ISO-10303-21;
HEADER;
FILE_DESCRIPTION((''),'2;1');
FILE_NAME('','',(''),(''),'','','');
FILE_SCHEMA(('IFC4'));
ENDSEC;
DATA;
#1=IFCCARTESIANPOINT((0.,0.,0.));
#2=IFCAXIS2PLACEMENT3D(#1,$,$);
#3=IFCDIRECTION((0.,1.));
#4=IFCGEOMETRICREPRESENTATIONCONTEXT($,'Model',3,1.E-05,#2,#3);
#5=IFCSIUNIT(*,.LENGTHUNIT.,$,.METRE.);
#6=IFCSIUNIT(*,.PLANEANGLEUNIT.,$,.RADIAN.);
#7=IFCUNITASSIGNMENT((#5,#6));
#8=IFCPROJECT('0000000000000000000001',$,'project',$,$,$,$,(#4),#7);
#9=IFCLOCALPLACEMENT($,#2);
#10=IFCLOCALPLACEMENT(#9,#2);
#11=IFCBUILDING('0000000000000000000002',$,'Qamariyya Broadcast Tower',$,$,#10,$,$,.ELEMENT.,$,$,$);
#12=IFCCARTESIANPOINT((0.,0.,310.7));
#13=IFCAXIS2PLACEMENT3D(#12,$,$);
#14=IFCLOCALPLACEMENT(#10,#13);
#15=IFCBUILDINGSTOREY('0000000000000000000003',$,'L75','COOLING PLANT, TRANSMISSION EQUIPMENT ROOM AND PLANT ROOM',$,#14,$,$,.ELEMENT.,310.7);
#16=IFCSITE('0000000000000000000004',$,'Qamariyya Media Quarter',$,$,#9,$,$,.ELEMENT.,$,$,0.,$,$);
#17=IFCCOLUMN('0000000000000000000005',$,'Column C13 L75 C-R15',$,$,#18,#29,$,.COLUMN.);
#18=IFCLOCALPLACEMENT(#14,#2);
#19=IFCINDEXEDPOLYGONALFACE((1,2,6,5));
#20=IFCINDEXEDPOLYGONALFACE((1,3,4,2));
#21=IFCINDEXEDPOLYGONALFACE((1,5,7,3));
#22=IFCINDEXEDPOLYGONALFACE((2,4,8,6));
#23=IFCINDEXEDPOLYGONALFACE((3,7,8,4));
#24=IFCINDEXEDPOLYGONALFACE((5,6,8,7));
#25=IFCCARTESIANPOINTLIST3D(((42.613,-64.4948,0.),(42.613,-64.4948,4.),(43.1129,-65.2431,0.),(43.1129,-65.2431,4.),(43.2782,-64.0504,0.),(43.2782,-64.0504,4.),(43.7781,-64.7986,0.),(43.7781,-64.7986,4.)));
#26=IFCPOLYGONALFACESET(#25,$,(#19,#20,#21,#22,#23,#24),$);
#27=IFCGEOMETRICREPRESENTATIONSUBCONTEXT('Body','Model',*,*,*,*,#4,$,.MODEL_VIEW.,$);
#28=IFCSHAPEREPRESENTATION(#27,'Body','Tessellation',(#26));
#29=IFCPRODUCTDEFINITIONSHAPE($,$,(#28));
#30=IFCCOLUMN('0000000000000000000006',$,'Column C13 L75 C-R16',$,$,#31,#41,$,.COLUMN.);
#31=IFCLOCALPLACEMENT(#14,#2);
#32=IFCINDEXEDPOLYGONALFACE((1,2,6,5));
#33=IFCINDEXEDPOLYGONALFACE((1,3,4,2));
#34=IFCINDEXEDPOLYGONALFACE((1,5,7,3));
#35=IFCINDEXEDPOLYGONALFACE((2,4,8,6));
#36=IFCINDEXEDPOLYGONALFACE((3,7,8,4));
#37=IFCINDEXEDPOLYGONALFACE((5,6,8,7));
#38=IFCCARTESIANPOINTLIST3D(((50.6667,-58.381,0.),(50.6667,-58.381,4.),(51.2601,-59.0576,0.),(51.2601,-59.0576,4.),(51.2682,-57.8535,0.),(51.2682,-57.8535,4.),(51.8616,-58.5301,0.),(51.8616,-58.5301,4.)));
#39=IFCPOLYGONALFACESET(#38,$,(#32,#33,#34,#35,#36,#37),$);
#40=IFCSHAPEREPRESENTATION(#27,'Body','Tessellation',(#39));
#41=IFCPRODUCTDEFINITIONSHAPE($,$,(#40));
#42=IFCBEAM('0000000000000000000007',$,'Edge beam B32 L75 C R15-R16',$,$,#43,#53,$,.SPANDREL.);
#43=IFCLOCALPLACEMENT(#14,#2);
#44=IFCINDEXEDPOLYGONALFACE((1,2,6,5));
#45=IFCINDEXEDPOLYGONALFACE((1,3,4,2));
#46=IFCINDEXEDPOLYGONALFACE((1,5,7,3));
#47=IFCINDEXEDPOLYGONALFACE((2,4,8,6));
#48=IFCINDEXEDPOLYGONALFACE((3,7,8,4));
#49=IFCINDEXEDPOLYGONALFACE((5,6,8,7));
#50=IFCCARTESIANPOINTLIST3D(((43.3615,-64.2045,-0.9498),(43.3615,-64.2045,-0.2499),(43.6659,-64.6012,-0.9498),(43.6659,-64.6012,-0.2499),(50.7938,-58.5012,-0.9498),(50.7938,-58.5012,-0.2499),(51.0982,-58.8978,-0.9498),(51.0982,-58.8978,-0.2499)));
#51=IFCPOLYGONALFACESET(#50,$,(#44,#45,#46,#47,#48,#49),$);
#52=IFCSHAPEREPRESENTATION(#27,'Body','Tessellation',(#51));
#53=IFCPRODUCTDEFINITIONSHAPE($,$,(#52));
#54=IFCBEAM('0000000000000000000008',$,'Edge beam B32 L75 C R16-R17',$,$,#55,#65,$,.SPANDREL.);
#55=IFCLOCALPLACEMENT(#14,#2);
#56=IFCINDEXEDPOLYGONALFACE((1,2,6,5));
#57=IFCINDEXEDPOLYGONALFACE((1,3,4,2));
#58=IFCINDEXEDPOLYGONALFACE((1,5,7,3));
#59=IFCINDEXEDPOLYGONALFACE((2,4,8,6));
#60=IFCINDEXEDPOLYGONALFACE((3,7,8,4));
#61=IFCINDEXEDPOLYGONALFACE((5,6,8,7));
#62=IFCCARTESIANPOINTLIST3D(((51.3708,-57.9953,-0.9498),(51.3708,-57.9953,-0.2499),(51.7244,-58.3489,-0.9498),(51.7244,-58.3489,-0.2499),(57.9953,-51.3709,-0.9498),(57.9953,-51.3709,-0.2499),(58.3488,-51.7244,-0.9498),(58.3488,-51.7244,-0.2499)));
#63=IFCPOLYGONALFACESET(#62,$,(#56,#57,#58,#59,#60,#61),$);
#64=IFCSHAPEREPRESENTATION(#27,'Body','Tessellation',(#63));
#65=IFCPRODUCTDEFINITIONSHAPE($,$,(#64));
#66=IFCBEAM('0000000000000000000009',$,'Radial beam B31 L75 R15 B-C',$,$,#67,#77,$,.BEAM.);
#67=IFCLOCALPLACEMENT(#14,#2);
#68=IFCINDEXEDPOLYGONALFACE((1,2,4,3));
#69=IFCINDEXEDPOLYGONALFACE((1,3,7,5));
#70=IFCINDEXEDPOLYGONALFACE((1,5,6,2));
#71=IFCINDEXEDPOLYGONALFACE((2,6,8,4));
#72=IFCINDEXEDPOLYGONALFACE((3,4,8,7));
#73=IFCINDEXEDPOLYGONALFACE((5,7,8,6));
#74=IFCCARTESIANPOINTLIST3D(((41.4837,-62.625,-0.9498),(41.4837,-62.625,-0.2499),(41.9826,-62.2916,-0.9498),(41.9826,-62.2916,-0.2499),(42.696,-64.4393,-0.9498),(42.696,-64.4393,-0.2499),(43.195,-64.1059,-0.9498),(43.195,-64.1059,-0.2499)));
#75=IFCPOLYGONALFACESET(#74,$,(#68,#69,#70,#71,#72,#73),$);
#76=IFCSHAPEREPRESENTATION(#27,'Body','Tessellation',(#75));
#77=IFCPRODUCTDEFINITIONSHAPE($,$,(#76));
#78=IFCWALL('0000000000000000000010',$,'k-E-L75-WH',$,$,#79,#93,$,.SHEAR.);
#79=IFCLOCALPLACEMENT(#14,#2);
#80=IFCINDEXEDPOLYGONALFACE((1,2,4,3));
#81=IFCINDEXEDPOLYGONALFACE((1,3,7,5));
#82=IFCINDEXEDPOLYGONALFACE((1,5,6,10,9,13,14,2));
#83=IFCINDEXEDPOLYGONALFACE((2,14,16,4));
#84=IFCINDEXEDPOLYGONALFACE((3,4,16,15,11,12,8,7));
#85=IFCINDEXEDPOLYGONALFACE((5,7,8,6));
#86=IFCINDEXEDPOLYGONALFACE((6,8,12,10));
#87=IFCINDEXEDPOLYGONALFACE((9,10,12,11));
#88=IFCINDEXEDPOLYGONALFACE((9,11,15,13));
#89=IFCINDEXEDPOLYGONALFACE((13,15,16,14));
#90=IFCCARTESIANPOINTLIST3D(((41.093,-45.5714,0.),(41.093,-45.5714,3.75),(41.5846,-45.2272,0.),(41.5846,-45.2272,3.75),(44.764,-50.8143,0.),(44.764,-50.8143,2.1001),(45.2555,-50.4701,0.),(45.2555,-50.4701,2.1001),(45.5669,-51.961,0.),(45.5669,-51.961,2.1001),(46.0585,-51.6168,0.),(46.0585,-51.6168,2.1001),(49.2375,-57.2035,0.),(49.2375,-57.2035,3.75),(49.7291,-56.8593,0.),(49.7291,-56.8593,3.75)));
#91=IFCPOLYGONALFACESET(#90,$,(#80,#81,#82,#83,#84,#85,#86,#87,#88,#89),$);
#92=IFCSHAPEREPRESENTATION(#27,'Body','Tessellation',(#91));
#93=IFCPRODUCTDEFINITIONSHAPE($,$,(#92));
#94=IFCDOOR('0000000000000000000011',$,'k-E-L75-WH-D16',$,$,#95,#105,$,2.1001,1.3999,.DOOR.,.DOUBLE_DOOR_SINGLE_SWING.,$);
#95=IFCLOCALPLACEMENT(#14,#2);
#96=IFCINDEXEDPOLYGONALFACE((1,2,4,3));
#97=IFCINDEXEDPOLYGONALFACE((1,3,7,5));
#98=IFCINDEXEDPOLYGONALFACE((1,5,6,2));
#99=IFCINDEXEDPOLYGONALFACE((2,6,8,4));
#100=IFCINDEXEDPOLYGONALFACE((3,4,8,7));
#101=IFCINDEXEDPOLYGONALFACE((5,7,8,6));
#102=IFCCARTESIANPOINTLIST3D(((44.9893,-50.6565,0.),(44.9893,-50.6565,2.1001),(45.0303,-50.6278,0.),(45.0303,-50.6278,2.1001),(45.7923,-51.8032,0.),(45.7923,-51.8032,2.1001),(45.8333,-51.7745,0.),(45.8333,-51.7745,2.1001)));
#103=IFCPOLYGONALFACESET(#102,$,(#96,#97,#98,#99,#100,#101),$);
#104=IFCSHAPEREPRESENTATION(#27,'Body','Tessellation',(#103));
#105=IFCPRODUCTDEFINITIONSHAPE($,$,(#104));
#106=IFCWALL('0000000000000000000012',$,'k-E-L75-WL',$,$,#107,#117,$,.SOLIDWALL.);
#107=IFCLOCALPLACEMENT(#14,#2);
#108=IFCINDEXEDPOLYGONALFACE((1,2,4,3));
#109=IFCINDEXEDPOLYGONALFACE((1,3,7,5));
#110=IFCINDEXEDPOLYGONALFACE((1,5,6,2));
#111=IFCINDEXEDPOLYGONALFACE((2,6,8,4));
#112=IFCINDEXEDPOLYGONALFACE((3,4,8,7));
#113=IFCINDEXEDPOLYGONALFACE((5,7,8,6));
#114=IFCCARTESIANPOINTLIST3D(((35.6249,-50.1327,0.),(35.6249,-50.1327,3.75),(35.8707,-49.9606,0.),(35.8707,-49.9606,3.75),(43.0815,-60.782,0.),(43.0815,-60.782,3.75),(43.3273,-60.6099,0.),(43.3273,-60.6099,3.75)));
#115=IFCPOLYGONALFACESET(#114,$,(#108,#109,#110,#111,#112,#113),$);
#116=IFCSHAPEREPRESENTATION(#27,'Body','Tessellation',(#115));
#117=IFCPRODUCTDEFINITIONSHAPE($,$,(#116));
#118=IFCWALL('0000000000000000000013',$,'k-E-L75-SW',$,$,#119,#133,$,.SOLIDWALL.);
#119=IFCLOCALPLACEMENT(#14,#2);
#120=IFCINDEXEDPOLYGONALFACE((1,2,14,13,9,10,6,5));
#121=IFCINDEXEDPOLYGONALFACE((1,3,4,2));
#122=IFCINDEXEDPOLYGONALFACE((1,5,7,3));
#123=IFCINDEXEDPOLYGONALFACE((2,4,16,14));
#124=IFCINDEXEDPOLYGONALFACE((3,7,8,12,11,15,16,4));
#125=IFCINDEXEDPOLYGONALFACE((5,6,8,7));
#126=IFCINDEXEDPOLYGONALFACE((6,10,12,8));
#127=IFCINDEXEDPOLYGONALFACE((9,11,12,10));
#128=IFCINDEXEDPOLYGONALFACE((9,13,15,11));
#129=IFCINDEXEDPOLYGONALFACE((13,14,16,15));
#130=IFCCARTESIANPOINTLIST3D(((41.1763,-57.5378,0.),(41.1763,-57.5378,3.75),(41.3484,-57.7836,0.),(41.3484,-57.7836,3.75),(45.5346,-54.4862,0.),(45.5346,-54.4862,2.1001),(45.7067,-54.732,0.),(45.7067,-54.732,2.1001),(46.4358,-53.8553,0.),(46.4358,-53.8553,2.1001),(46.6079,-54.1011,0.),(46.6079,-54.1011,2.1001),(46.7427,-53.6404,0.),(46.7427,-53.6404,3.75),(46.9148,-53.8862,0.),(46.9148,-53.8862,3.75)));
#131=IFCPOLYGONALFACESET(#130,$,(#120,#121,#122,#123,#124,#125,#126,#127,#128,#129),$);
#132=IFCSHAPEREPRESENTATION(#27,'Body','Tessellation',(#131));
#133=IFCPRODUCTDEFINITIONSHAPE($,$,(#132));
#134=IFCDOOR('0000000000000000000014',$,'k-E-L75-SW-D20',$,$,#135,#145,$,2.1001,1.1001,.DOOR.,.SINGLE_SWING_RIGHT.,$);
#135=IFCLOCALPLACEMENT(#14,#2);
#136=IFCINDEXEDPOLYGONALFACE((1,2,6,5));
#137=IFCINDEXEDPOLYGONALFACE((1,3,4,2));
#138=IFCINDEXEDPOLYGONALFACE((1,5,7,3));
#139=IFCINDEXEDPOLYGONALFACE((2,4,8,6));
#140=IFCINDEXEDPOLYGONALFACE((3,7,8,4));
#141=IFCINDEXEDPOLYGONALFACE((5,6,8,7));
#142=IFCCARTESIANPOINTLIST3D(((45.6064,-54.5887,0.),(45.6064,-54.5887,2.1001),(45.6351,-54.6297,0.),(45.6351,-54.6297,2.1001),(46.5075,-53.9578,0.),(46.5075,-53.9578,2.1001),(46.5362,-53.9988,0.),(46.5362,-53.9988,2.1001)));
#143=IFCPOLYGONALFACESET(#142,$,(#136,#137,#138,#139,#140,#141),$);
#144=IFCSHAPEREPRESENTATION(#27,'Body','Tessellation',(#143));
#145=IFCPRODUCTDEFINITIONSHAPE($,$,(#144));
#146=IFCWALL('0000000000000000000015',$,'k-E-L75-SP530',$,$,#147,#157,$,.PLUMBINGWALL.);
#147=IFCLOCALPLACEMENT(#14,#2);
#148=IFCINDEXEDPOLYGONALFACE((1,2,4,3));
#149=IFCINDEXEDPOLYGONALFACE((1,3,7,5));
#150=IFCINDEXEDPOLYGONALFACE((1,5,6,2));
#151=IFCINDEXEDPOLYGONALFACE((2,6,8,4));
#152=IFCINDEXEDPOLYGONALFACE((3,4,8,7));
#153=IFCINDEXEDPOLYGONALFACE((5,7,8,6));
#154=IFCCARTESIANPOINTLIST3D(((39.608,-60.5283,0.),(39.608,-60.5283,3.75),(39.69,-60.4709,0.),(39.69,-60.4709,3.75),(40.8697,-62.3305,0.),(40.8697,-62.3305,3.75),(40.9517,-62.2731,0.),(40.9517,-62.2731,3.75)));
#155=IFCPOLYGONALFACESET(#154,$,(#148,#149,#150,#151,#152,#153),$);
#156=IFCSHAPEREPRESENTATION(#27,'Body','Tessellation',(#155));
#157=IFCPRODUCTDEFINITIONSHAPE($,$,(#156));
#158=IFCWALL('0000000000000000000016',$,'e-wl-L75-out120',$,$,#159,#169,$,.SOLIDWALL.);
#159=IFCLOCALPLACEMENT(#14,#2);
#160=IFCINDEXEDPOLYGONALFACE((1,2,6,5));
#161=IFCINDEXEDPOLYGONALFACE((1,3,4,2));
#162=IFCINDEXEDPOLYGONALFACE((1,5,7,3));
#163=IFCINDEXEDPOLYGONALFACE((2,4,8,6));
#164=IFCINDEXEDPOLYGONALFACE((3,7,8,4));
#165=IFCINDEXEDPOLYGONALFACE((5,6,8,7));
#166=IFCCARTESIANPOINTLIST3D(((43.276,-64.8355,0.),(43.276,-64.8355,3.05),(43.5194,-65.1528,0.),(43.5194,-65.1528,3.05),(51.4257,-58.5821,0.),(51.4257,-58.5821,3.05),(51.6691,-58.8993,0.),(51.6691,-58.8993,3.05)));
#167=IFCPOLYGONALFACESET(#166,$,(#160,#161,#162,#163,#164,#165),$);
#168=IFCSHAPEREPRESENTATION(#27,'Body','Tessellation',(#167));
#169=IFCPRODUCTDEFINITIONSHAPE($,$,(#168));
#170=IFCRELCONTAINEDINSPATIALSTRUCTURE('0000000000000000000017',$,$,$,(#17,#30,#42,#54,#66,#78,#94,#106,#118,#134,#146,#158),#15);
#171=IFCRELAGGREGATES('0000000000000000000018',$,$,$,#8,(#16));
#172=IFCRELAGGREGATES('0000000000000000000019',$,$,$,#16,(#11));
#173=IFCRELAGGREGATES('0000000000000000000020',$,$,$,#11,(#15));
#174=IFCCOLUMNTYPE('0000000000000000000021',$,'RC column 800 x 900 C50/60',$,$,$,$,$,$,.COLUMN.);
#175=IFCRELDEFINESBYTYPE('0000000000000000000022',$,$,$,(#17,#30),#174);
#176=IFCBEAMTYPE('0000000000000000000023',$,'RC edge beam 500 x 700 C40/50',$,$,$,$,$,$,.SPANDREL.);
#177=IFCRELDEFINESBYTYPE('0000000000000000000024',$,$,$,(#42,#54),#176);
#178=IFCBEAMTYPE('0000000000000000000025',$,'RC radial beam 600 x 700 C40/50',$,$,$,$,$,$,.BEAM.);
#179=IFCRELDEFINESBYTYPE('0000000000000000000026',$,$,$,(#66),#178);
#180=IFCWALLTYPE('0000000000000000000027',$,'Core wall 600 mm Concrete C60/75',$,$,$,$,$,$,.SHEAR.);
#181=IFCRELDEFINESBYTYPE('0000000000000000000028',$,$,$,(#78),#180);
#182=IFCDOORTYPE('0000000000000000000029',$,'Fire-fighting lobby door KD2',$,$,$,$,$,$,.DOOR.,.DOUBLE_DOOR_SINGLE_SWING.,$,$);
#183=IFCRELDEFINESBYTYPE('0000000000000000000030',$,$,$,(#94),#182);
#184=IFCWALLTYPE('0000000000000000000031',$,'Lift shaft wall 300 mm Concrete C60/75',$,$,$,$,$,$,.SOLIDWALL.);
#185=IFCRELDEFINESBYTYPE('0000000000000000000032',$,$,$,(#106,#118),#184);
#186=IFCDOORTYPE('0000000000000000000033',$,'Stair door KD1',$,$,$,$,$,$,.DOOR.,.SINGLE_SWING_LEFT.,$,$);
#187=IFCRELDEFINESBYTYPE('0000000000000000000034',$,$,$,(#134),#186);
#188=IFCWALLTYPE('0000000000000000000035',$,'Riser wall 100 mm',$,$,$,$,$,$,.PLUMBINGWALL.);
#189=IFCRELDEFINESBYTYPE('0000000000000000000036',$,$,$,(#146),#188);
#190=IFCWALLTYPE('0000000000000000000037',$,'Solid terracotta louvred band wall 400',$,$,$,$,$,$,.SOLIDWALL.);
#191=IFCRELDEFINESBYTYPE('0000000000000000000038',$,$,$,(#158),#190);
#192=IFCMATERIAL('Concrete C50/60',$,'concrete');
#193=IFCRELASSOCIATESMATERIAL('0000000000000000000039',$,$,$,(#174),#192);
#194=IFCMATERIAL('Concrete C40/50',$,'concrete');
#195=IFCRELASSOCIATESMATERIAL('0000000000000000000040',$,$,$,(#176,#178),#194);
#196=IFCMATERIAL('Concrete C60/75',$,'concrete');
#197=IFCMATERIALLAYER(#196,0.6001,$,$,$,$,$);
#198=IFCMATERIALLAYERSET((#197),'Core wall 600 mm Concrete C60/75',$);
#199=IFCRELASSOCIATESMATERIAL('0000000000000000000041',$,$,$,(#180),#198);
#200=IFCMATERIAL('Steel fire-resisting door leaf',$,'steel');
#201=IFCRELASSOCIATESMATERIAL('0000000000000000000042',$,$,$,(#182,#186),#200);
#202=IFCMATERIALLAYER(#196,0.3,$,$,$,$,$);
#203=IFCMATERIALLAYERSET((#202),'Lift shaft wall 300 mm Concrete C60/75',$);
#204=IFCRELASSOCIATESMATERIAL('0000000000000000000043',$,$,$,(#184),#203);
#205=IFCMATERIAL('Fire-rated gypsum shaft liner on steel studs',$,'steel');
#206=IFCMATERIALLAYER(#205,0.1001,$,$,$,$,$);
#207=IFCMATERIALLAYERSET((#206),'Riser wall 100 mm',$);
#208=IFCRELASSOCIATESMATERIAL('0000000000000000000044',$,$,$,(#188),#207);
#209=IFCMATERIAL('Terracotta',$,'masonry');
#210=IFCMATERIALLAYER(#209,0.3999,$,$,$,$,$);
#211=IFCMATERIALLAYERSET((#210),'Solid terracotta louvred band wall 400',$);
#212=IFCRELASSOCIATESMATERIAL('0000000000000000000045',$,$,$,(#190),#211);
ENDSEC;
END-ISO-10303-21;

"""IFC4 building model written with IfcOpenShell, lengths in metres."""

from ifc_helpers import new_model, si_unit, direction, frame, frame_2d, origin, origin_2d, place, context, subcontext, project, spatial, rectangle, extrude, material, layer, layer_set, material_profile, profile_set, type_object, element, fill, save


model = new_model("IFC4")

# Units and contexts
model_context = context("Model", 3, precision=1e-05, world=origin(), true_north=direction((0.0, 1.0)))
body_context = subcontext(model_context, "Body", "Model", "MODEL_VIEW")
ifc_project = project(units=[si_unit("LENGTHUNIT", "METRE"), si_unit("PLANEANGLEUNIT", "RADIAN")], contexts=[model_context])

# Site, building, storey
site_placement = place(None, origin())
site = spatial("IfcSite", under=ifc_project, at=site_placement, Name="Qamariyya Media Quarter", CompositionType="ELEMENT", RefElevation=0.0)
building_placement = place(site_placement, origin())
building = spatial("IfcBuilding", under=site, at=building_placement, Name="Qamariyya Broadcast Tower", CompositionType="ELEMENT")
storey_placement = place(building_placement, frame((0.0, 0.0, 310.7)))
storey = spatial("IfcBuildingStorey", under=building, at=storey_placement, Name="L75", Description="COOLING PLANT, TRANSMISSION EQUIPMENT ROOM AND PLANT ROOM", CompositionType="ELEMENT", Elevation=310.7)

# Columns
ifc_material_1 = material(Name="Concrete C50/60", Category="concrete")
ifc_material_profile_1 = material_profile(ifc_material_1, rectangle(XDim=0.8, YDim=0.8999, at=origin_2d()))
ifc_profile_set_1 = profile_set([ifc_material_profile_1], Name="Concrete C50/60")
column_type = type_object("IfcColumnType", Name="RC column 800 x 900 C50/60", PredefinedType="COLUMN", material=ifc_profile_set_1)
for number, where, z_axis, x_axis, name in (
    (1, (43.1956, -64.6467, 0.0), (0.0, 0.0, 1.0), (0.83147, 0.55557, 0.0), "Column C13 L75 C-R15"),
    (2, (51.2642, -58.4556, 0.0), (0.0, 0.0, 1.0), (0.75184, 0.659346, 0.0), "Column C13 L75 C-R16"),
):
    element("IfcColumn", number, at=place(storey_placement, frame(where, z_axis=z_axis, x_axis=x_axis)), inside=storey, type_object=column_type, Name=name, PredefinedType="COLUMN", context=body_context, shape_type="SweptSolid", body=[
        extrude(rectangle(XDim=0.8, YDim=0.8999, at=origin_2d()), origin(), (0.0, 0.0, 1.0), 4.0),
    ])

# Beams
ifc_material_2 = material(Name="Concrete C40/50", Category="concrete")
ifc_material_profile_2 = material_profile(ifc_material_2, rectangle(XDim=0.5, YDim=0.7, at=origin_2d()))
ifc_profile_set_2 = profile_set([ifc_material_profile_2], Name="Concrete C40/50")
beam_type_1 = type_object("IfcBeamType", Name="RC edge beam 500 x 700 C40/50", PredefinedType="SPANDREL", material=ifc_profile_set_2)
for number, where, z_axis, x_axis, name in (
    (3, (43.5137, -64.4028, -0.5999), (0.793337, 0.608782, 0.0), (-0.608782, 0.793337, 0.0), "Edge beam B32 L75 C R15-R16"),
    (4, (51.5476, -58.1721, -0.5999), (0.707107, 0.707107, 0.0), (-0.707107, 0.707107, 0.0), "Edge beam B32 L75 C R16-R17"),
):
    element("IfcBeam", number, at=place(storey_placement, frame(where, z_axis=z_axis, x_axis=x_axis)), inside=storey, type_object=beam_type_1, Name=name, PredefinedType="SPANDREL", context=body_context, shape_type="SweptSolid", body=[
        extrude(rectangle(XDim=0.5, YDim=0.7, at=origin_2d()), origin(), (0.0, 0.0, 1.0), 9.3684),
    ])
ifc_material_profile_3 = material_profile(ifc_material_2, rectangle(XDim=0.6001, YDim=0.7, at=origin_2d()))
ifc_profile_set_3 = profile_set([ifc_material_profile_3], Name="Concrete C40/50")
beam_type_2 = type_object("IfcBeamType", Name="RC radial beam 600 x 700 C40/50", PredefinedType="BEAM", material=ifc_profile_set_3)
beam_placement = place(storey_placement, frame((41.7332, -62.4583, -0.5999), z_axis=(0.555578, -0.831465, 0.0), x_axis=(0.831465, 0.555578, 0.0)))
element("IfcBeam", 5, at=beam_placement, inside=storey, type_object=beam_type_2, Name="Radial beam B31 L75 R15 B-C", PredefinedType="BEAM", context=body_context, shape_type="SweptSolid", body=[
    extrude(rectangle(XDim=0.6001, YDim=0.7, at=origin_2d()), origin(), (0.0, 0.0, 1.0), 2.1821),
])

# Wall, opening, door
ifc_material_3 = material(Name="Concrete C60/75", Category="concrete")
ifc_layer_1 = layer(ifc_material_3, 0.6001)
ifc_layer_set_1 = layer_set([ifc_layer_1], Name="Core wall 600 mm Concrete C60/75")
wall_type_1 = type_object("IfcWallType", Name="Core wall 600 mm Concrete C60/75", PredefinedType="SHEAR", material=ifc_layer_set_1)
wall_1_placement = place(storey_placement, frame((49.4834, -57.0315, 0.0), z_axis=(0.0, 0.0, 1.0), x_axis=(-0.57356, 0.819163, 0.0)))
wall_1 = element("IfcWall", 6, at=wall_1_placement, inside=storey, type_object=wall_type_1, Name="k-E-L75-WH", PredefinedType="SHEAR", context=body_context, shape_type="SweptSolid", body=[
    extrude(rectangle(XDim=14.2, YDim=0.6001, at=frame_2d((7.1001, 0.0))), origin(), (0.0, 0.0, 1.0), 3.75),
])
opening_1_placement = place(wall_1_placement, frame((6.3999, 0.0, 0.0)))
opening_1 = element("IfcOpeningElement", 7, at=opening_1_placement, cuts=wall_1, PredefinedType="OPENING", context=body_context, shape_type="SweptSolid", body=[
    extrude(rectangle(XDim=1.3999, YDim=2.1001, at=frame_2d((0.7, 1.05))), frame((0.0, 0.3101, 0.0), z_axis=(0.0, -1.0, 0.0), x_axis=(1.0, 0.0, 0.0)), (0.0, 0.0, 1.0), 0.6201),
])
ifc_material_4 = material(Name="Steel fire-resisting door leaf", Category="steel")
door_type_1 = type_object("IfcDoorType", Name="Fire-fighting lobby door KD2", OperationType="DOUBLE_DOOR_SINGLE_SWING", PredefinedType="DOOR", material=ifc_material_4)
door_1_placement = place(opening_1_placement, origin())
door_1 = element("IfcDoor", 8, at=door_1_placement, inside=storey, type_object=door_type_1, Name="k-E-L75-WH-D16", OperationType="DOUBLE_DOOR_SINGLE_SWING", OverallHeight=2.1001, OverallWidth=1.3999, PredefinedType="DOOR", context=body_context, shape_type="SweptSolid", body=[
    extrude(rectangle(XDim=1.3999, YDim=2.1001, at=frame_2d((0.7, 1.05))), frame((0.0, 0.0249, 0.0), z_axis=(0.0, -1.0, 0.0), x_axis=(1.0, 0.0, 0.0)), (0.0, 0.0, 1.0), 0.05),
])
fill(opening_1, door_1)

# Wall
ifc_layer_2 = layer(ifc_material_3, 0.3)
ifc_layer_set_2 = layer_set([ifc_layer_2], Name="Lift shaft wall 300 mm Concrete C60/75")
wall_type_2 = type_object("IfcWallType", Name="Lift shaft wall 300 mm Concrete C60/75", PredefinedType="SOLIDWALL", material=ifc_layer_set_2)
wall_2_placement = place(storey_placement, frame((43.2043, -60.6958, 0.0), z_axis=(0.0, 0.0, 1.0), x_axis=(-0.573572, 0.819155, 0.0)))
element("IfcWall", 9, at=wall_2_placement, inside=storey, type_object=wall_type_2, Name="k-E-L75-WL", PredefinedType="SOLIDWALL", context=body_context, shape_type="SweptSolid", body=[
    extrude(rectangle(XDim=13.0002, YDim=0.3, at=frame_2d((6.5, 0.0))), origin(), (0.0, 0.0, 1.0), 3.75),
])

# Wall, opening, door
wall_3_placement = place(storey_placement, frame((41.2625, -57.6606, 0.0), z_axis=(0.0, 0.0, 1.0), x_axis=(0.819164, 0.573559, 0.0)))
wall_3 = element("IfcWall", 10, at=wall_3_placement, inside=storey, type_object=wall_type_2, Name="k-E-L75-SW", PredefinedType="SOLIDWALL", context=body_context, shape_type="SweptSolid", body=[
    extrude(rectangle(XDim=6.7952, YDim=0.3, at=frame_2d((3.3975, 0.0))), origin(), (0.0, 0.0, 1.0), 3.75),
])
opening_2_placement = place(wall_3_placement, frame((5.3203, 0.0, 0.0)))
opening_2 = element("IfcOpeningElement", 11, at=opening_2_placement, cuts=wall_3, PredefinedType="OPENING", context=body_context, shape_type="SweptSolid", body=[
    extrude(rectangle(XDim=1.1001, YDim=2.1001, at=frame_2d((0.55, 1.05))), frame((0.0, 0.1599, 0.0), z_axis=(0.0, -1.0, 0.0), x_axis=(1.0, 0.0, 0.0)), (0.0, 0.0, 1.0), 0.3201),
])
door_type_2 = type_object("IfcDoorType", Name="Stair door KD1", OperationType="SINGLE_SWING_LEFT", PredefinedType="DOOR", material=ifc_material_4)
door_2_placement = place(opening_2_placement, origin())
door_2 = element("IfcDoor", 12, at=door_2_placement, inside=storey, type_object=door_type_2, Name="k-E-L75-SW-D20", OperationType="SINGLE_SWING_RIGHT", OverallHeight=2.1001, OverallWidth=1.1001, PredefinedType="DOOR", context=body_context, shape_type="SweptSolid", body=[
    extrude(rectangle(XDim=1.1001, YDim=2.1001, at=frame_2d((0.55, 1.05))), frame((0.0, 0.0249, 0.0), z_axis=(0.0, -1.0, 0.0), x_axis=(1.0, 0.0, 0.0)), (0.0, 0.0, 1.0), 0.05),
])
fill(opening_2, door_2)

# Walls
ifc_material_5 = material(Name="Fire-rated gypsum shaft liner on steel studs", Category="steel")
ifc_layer_3 = layer(ifc_material_5, 0.1001)
ifc_layer_set_3 = layer_set([ifc_layer_3], Name="Riser wall 100 mm")
wall_type_3 = type_object("IfcWallType", Name="Riser wall 100 mm", PredefinedType="PLUMBINGWALL", material=ifc_layer_set_3)
wall_4_placement = place(storey_placement, frame((39.6489, -60.4995, 0.0), z_axis=(0.0, 0.0, 1.0), x_axis=(0.573507, -0.819201, 0.0)))
element("IfcWall", 13, at=wall_4_placement, inside=storey, type_object=wall_type_3, Name="k-E-L75-SP530", PredefinedType="PLUMBINGWALL", context=body_context, shape_type="SweptSolid", body=[
    extrude(rectangle(XDim=2.2, YDim=0.1001, at=frame_2d((1.1001, 0.0))), origin(), (0.0, 0.0, 1.0), 3.75),
])
ifc_material_6 = material(Name="Terracotta", Category="masonry")
ifc_layer_4 = layer(ifc_material_6, 0.3999)
ifc_layer_set_4 = layer_set([ifc_layer_4], Name="Solid terracotta louvred band wall 400")
wall_type_4 = type_object("IfcWallType", Name="Solid terracotta louvred band wall 400", PredefinedType="SOLIDWALL", material=ifc_layer_set_4)
wall_5_placement = place(storey_placement, frame((43.3977, -64.9941, 0.0), z_axis=(0.0, 0.0, 1.0), x_axis=(0.793355, 0.608759, 0.0)))
element("IfcWall", 14, at=wall_5_placement, inside=storey, type_object=wall_type_4, Name="e-wl-L75-out120", PredefinedType="SOLIDWALL", context=body_context, shape_type="SweptSolid", body=[
    extrude(rectangle(XDim=10.2725, YDim=0.3999, at=frame_2d((5.1362, 0.0))), origin(), (0.0, 0.0, 1.0), 3.05),
])

save(model, "model.ifc")
